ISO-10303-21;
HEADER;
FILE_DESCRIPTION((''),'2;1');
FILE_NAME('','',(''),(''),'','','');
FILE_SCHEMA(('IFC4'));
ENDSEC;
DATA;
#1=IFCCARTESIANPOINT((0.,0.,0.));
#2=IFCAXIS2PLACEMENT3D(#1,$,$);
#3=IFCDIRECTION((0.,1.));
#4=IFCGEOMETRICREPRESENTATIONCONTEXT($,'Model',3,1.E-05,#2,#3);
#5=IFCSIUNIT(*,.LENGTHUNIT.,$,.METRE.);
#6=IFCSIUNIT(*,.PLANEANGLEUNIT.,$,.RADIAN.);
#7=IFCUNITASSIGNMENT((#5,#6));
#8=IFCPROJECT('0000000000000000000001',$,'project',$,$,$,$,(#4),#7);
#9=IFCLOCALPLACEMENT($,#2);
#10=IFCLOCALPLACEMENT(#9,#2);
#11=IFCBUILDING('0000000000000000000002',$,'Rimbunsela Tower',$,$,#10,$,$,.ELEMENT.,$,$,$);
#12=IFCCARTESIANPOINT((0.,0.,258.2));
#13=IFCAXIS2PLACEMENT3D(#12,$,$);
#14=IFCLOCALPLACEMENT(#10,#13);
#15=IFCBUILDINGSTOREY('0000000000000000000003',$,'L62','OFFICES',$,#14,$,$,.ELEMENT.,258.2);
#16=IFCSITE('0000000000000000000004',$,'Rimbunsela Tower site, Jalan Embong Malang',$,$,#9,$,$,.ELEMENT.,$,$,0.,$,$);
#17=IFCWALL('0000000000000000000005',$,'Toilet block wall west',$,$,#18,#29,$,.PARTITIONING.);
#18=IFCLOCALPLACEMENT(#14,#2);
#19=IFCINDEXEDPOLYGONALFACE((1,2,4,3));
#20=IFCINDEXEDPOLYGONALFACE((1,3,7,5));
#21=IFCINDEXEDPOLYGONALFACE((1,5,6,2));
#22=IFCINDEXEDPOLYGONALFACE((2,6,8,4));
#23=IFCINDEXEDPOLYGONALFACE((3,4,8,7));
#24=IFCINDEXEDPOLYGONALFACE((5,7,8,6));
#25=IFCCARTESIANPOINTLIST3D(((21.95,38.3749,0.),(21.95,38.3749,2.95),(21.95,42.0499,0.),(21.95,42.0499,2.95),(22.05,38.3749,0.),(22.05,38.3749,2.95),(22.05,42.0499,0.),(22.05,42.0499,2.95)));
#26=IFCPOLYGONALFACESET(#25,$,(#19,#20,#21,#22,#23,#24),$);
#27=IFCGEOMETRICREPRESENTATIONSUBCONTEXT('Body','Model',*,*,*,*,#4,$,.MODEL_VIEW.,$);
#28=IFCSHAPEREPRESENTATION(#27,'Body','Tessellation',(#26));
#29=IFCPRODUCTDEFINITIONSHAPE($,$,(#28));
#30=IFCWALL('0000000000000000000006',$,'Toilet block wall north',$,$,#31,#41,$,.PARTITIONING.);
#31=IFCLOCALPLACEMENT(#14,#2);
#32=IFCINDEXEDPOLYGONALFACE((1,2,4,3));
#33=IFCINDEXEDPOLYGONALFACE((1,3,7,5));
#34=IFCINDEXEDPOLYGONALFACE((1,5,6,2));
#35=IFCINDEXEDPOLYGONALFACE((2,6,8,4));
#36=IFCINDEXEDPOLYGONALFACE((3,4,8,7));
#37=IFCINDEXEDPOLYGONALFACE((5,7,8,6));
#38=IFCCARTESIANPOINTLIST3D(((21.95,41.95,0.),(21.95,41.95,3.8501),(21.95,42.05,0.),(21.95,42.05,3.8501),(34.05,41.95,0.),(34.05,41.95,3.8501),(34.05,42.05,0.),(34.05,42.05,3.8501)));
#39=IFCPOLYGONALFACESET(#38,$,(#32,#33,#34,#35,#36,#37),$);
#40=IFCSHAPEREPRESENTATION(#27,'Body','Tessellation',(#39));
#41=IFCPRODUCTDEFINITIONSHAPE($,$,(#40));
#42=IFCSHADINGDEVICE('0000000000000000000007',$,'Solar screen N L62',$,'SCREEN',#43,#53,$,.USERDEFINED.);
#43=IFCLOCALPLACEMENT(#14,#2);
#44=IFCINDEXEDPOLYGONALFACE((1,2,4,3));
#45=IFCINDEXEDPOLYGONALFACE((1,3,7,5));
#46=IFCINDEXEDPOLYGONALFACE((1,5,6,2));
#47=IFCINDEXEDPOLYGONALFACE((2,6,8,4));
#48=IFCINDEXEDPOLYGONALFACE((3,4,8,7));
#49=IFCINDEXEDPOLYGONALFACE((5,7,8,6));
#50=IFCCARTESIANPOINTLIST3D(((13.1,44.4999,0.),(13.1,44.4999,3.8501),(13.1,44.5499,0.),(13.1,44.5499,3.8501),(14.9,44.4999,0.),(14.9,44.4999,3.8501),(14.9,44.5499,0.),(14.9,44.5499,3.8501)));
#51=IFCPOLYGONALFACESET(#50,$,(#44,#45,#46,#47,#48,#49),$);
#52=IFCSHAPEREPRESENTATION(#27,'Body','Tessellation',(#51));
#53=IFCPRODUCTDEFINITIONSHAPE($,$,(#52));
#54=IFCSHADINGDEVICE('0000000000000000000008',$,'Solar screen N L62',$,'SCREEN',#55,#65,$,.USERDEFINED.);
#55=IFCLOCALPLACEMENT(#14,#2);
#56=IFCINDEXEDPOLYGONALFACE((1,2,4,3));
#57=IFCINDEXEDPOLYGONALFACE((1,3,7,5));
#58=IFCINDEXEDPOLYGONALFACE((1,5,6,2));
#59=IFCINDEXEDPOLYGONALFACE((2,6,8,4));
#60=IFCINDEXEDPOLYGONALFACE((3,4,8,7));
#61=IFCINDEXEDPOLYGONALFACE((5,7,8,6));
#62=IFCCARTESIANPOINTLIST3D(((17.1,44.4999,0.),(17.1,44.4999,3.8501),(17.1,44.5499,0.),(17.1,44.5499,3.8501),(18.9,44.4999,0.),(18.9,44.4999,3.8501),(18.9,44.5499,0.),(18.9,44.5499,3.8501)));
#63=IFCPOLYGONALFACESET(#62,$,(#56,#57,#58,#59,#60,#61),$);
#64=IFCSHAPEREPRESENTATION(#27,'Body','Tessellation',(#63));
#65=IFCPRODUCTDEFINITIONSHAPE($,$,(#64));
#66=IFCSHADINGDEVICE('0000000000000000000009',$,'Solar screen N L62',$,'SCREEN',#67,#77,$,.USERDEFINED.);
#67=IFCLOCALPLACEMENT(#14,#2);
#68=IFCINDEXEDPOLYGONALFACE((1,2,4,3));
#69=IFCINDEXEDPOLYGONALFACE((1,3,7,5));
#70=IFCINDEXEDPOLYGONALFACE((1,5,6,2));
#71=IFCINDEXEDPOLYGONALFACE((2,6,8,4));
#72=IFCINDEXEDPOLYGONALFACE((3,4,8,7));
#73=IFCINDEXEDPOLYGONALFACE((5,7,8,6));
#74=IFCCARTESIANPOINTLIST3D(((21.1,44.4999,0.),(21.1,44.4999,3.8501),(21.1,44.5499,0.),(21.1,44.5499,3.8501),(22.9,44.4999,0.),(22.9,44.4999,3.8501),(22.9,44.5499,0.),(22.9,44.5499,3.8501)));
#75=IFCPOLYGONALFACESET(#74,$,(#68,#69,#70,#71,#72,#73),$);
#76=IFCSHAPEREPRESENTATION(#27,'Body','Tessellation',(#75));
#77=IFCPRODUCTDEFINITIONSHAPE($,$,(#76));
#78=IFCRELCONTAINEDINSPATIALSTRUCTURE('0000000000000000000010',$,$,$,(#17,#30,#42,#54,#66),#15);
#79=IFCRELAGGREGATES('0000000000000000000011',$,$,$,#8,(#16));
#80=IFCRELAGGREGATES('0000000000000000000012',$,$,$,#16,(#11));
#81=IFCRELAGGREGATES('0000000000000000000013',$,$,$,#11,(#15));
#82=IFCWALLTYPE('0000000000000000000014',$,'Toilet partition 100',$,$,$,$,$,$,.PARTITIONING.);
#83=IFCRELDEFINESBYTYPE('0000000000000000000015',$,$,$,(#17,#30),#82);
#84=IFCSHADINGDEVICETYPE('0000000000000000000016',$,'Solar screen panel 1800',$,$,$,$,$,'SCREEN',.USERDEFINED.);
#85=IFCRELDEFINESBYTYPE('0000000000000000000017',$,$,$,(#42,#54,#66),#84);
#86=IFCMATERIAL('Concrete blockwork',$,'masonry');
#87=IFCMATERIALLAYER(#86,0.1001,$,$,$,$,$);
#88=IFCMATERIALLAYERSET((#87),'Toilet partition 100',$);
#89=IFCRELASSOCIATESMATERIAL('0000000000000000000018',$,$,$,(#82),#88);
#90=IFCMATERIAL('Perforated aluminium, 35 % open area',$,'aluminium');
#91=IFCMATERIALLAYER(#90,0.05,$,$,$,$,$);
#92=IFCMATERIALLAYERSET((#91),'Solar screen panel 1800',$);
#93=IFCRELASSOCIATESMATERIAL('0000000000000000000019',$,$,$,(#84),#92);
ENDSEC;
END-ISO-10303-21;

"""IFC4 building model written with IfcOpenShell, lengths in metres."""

from ifc_helpers import new_model, si_unit, direction, frame, frame_2d, origin, origin_2d, place, context, subcontext, project, spatial, rectangle, extrude, material, layer, layer_set, type_object, element, save


model = new_model("IFC4")

# Units and contexts
model_context = context("Model", 3, precision=1e-05, world=origin(), true_north=direction((0.0, 1.0)))
body_context = subcontext(model_context, "Body", "Model", "MODEL_VIEW")
ifc_project = project(units=[si_unit("LENGTHUNIT", "METRE"), si_unit("PLANEANGLEUNIT", "RADIAN")], contexts=[model_context])

# Site, building, storey
site_placement = place(None, origin())
site = spatial("IfcSite", under=ifc_project, at=site_placement, Name="Rimbunsela Tower site, Jalan Embong Malang", CompositionType="ELEMENT", RefElevation=0.0)
building_placement = place(site_placement, origin())
building = spatial("IfcBuilding", under=site, at=building_placement, Name="Rimbunsela Tower", CompositionType="ELEMENT")
storey_placement = place(building_placement, frame((0.0, 0.0, 258.2)))
storey = spatial("IfcBuildingStorey", under=building, at=storey_placement, Name="L62", Description="OFFICES", CompositionType="ELEMENT", Elevation=258.2)

# Walls
ifc_material_1 = material(Name="Concrete blockwork", Category="masonry")
ifc_layer_1 = layer(ifc_material_1, 0.1001)
ifc_layer_set_1 = layer_set([ifc_layer_1], Name="Toilet partition 100")
wall_type_1 = type_object("IfcWallType", Name="Toilet partition 100", PredefinedType="PARTITIONING", material=ifc_layer_set_1)
wall_1_placement = place(storey_placement, frame((22.0, 38.375, 0.0), z_axis=(0.0, 0.0, 1.0), x_axis=(0.0, 1.0, 0.0)))
element("IfcWall", 1, at=wall_1_placement, inside=storey, type_object=wall_type_1, Name="Toilet block wall west", PredefinedType="PARTITIONING", context=body_context, shape_type="SweptSolid", body=[
    extrude(rectangle(XDim=3.675, YDim=0.1001, at=frame_2d((1.8374, 0.0))), origin(), (0.0, 0.0, 1.0), 2.95),
])
wall_2_placement = place(storey_placement, frame((21.95, 42.0, 0.0), z_axis=(0.0, 0.0, 1.0), x_axis=(1.0, 0.0, 0.0)))
element("IfcWall", 2, at=wall_2_placement, inside=storey, type_object=wall_type_1, Name="Toilet block wall north", PredefinedType="PARTITIONING", context=body_context, shape_type="SweptSolid", body=[
    extrude(rectangle(XDim=12.1001, YDim=0.1001, at=frame_2d((6.05, 0.0))), origin(), (0.0, 0.0, 1.0), 3.8501),
])

# Shading devices
ifc_material_2 = material(Name="Perforated aluminium, 35 % open area", Category="aluminium")
ifc_layer_2 = layer(ifc_material_2, 0.05)
ifc_layer_set_2 = layer_set([ifc_layer_2], Name="Solar screen panel 1800")
shading_device_type = type_object("IfcShadingDeviceType", Name="Solar screen panel 1800", ElementType="SCREEN", PredefinedType="USERDEFINED", material=ifc_layer_set_2)
for number, where, z_axis, x_axis, name in (
    (3, (14.0, 44.5249, 0.0), (0.0, 0.0, 1.0), (1.0, 0.0, 0.0), "Solar screen N L62"),
    (4, (18.0, 44.5249, 0.0), (0.0, 0.0, 1.0), (1.0, 0.0, 0.0), "Solar screen N L62"),
    (5, (22.0, 44.5249, 0.0), (0.0, 0.0, 1.0), (1.0, 0.0, 0.0), "Solar screen N L62"),
):
    element("IfcShadingDevice", number, at=place(storey_placement, frame(where, z_axis=z_axis, x_axis=x_axis)), inside=storey, type_object=shading_device_type, Name=name, ObjectType="SCREEN", PredefinedType="USERDEFINED", context=body_context, shape_type="SweptSolid", body=[
        extrude(rectangle(XDim=1.8, YDim=0.05, at=origin_2d()), origin(), (0.0, 0.0, 1.0), 3.8501),
    ])

save(model, "model.ifc")
